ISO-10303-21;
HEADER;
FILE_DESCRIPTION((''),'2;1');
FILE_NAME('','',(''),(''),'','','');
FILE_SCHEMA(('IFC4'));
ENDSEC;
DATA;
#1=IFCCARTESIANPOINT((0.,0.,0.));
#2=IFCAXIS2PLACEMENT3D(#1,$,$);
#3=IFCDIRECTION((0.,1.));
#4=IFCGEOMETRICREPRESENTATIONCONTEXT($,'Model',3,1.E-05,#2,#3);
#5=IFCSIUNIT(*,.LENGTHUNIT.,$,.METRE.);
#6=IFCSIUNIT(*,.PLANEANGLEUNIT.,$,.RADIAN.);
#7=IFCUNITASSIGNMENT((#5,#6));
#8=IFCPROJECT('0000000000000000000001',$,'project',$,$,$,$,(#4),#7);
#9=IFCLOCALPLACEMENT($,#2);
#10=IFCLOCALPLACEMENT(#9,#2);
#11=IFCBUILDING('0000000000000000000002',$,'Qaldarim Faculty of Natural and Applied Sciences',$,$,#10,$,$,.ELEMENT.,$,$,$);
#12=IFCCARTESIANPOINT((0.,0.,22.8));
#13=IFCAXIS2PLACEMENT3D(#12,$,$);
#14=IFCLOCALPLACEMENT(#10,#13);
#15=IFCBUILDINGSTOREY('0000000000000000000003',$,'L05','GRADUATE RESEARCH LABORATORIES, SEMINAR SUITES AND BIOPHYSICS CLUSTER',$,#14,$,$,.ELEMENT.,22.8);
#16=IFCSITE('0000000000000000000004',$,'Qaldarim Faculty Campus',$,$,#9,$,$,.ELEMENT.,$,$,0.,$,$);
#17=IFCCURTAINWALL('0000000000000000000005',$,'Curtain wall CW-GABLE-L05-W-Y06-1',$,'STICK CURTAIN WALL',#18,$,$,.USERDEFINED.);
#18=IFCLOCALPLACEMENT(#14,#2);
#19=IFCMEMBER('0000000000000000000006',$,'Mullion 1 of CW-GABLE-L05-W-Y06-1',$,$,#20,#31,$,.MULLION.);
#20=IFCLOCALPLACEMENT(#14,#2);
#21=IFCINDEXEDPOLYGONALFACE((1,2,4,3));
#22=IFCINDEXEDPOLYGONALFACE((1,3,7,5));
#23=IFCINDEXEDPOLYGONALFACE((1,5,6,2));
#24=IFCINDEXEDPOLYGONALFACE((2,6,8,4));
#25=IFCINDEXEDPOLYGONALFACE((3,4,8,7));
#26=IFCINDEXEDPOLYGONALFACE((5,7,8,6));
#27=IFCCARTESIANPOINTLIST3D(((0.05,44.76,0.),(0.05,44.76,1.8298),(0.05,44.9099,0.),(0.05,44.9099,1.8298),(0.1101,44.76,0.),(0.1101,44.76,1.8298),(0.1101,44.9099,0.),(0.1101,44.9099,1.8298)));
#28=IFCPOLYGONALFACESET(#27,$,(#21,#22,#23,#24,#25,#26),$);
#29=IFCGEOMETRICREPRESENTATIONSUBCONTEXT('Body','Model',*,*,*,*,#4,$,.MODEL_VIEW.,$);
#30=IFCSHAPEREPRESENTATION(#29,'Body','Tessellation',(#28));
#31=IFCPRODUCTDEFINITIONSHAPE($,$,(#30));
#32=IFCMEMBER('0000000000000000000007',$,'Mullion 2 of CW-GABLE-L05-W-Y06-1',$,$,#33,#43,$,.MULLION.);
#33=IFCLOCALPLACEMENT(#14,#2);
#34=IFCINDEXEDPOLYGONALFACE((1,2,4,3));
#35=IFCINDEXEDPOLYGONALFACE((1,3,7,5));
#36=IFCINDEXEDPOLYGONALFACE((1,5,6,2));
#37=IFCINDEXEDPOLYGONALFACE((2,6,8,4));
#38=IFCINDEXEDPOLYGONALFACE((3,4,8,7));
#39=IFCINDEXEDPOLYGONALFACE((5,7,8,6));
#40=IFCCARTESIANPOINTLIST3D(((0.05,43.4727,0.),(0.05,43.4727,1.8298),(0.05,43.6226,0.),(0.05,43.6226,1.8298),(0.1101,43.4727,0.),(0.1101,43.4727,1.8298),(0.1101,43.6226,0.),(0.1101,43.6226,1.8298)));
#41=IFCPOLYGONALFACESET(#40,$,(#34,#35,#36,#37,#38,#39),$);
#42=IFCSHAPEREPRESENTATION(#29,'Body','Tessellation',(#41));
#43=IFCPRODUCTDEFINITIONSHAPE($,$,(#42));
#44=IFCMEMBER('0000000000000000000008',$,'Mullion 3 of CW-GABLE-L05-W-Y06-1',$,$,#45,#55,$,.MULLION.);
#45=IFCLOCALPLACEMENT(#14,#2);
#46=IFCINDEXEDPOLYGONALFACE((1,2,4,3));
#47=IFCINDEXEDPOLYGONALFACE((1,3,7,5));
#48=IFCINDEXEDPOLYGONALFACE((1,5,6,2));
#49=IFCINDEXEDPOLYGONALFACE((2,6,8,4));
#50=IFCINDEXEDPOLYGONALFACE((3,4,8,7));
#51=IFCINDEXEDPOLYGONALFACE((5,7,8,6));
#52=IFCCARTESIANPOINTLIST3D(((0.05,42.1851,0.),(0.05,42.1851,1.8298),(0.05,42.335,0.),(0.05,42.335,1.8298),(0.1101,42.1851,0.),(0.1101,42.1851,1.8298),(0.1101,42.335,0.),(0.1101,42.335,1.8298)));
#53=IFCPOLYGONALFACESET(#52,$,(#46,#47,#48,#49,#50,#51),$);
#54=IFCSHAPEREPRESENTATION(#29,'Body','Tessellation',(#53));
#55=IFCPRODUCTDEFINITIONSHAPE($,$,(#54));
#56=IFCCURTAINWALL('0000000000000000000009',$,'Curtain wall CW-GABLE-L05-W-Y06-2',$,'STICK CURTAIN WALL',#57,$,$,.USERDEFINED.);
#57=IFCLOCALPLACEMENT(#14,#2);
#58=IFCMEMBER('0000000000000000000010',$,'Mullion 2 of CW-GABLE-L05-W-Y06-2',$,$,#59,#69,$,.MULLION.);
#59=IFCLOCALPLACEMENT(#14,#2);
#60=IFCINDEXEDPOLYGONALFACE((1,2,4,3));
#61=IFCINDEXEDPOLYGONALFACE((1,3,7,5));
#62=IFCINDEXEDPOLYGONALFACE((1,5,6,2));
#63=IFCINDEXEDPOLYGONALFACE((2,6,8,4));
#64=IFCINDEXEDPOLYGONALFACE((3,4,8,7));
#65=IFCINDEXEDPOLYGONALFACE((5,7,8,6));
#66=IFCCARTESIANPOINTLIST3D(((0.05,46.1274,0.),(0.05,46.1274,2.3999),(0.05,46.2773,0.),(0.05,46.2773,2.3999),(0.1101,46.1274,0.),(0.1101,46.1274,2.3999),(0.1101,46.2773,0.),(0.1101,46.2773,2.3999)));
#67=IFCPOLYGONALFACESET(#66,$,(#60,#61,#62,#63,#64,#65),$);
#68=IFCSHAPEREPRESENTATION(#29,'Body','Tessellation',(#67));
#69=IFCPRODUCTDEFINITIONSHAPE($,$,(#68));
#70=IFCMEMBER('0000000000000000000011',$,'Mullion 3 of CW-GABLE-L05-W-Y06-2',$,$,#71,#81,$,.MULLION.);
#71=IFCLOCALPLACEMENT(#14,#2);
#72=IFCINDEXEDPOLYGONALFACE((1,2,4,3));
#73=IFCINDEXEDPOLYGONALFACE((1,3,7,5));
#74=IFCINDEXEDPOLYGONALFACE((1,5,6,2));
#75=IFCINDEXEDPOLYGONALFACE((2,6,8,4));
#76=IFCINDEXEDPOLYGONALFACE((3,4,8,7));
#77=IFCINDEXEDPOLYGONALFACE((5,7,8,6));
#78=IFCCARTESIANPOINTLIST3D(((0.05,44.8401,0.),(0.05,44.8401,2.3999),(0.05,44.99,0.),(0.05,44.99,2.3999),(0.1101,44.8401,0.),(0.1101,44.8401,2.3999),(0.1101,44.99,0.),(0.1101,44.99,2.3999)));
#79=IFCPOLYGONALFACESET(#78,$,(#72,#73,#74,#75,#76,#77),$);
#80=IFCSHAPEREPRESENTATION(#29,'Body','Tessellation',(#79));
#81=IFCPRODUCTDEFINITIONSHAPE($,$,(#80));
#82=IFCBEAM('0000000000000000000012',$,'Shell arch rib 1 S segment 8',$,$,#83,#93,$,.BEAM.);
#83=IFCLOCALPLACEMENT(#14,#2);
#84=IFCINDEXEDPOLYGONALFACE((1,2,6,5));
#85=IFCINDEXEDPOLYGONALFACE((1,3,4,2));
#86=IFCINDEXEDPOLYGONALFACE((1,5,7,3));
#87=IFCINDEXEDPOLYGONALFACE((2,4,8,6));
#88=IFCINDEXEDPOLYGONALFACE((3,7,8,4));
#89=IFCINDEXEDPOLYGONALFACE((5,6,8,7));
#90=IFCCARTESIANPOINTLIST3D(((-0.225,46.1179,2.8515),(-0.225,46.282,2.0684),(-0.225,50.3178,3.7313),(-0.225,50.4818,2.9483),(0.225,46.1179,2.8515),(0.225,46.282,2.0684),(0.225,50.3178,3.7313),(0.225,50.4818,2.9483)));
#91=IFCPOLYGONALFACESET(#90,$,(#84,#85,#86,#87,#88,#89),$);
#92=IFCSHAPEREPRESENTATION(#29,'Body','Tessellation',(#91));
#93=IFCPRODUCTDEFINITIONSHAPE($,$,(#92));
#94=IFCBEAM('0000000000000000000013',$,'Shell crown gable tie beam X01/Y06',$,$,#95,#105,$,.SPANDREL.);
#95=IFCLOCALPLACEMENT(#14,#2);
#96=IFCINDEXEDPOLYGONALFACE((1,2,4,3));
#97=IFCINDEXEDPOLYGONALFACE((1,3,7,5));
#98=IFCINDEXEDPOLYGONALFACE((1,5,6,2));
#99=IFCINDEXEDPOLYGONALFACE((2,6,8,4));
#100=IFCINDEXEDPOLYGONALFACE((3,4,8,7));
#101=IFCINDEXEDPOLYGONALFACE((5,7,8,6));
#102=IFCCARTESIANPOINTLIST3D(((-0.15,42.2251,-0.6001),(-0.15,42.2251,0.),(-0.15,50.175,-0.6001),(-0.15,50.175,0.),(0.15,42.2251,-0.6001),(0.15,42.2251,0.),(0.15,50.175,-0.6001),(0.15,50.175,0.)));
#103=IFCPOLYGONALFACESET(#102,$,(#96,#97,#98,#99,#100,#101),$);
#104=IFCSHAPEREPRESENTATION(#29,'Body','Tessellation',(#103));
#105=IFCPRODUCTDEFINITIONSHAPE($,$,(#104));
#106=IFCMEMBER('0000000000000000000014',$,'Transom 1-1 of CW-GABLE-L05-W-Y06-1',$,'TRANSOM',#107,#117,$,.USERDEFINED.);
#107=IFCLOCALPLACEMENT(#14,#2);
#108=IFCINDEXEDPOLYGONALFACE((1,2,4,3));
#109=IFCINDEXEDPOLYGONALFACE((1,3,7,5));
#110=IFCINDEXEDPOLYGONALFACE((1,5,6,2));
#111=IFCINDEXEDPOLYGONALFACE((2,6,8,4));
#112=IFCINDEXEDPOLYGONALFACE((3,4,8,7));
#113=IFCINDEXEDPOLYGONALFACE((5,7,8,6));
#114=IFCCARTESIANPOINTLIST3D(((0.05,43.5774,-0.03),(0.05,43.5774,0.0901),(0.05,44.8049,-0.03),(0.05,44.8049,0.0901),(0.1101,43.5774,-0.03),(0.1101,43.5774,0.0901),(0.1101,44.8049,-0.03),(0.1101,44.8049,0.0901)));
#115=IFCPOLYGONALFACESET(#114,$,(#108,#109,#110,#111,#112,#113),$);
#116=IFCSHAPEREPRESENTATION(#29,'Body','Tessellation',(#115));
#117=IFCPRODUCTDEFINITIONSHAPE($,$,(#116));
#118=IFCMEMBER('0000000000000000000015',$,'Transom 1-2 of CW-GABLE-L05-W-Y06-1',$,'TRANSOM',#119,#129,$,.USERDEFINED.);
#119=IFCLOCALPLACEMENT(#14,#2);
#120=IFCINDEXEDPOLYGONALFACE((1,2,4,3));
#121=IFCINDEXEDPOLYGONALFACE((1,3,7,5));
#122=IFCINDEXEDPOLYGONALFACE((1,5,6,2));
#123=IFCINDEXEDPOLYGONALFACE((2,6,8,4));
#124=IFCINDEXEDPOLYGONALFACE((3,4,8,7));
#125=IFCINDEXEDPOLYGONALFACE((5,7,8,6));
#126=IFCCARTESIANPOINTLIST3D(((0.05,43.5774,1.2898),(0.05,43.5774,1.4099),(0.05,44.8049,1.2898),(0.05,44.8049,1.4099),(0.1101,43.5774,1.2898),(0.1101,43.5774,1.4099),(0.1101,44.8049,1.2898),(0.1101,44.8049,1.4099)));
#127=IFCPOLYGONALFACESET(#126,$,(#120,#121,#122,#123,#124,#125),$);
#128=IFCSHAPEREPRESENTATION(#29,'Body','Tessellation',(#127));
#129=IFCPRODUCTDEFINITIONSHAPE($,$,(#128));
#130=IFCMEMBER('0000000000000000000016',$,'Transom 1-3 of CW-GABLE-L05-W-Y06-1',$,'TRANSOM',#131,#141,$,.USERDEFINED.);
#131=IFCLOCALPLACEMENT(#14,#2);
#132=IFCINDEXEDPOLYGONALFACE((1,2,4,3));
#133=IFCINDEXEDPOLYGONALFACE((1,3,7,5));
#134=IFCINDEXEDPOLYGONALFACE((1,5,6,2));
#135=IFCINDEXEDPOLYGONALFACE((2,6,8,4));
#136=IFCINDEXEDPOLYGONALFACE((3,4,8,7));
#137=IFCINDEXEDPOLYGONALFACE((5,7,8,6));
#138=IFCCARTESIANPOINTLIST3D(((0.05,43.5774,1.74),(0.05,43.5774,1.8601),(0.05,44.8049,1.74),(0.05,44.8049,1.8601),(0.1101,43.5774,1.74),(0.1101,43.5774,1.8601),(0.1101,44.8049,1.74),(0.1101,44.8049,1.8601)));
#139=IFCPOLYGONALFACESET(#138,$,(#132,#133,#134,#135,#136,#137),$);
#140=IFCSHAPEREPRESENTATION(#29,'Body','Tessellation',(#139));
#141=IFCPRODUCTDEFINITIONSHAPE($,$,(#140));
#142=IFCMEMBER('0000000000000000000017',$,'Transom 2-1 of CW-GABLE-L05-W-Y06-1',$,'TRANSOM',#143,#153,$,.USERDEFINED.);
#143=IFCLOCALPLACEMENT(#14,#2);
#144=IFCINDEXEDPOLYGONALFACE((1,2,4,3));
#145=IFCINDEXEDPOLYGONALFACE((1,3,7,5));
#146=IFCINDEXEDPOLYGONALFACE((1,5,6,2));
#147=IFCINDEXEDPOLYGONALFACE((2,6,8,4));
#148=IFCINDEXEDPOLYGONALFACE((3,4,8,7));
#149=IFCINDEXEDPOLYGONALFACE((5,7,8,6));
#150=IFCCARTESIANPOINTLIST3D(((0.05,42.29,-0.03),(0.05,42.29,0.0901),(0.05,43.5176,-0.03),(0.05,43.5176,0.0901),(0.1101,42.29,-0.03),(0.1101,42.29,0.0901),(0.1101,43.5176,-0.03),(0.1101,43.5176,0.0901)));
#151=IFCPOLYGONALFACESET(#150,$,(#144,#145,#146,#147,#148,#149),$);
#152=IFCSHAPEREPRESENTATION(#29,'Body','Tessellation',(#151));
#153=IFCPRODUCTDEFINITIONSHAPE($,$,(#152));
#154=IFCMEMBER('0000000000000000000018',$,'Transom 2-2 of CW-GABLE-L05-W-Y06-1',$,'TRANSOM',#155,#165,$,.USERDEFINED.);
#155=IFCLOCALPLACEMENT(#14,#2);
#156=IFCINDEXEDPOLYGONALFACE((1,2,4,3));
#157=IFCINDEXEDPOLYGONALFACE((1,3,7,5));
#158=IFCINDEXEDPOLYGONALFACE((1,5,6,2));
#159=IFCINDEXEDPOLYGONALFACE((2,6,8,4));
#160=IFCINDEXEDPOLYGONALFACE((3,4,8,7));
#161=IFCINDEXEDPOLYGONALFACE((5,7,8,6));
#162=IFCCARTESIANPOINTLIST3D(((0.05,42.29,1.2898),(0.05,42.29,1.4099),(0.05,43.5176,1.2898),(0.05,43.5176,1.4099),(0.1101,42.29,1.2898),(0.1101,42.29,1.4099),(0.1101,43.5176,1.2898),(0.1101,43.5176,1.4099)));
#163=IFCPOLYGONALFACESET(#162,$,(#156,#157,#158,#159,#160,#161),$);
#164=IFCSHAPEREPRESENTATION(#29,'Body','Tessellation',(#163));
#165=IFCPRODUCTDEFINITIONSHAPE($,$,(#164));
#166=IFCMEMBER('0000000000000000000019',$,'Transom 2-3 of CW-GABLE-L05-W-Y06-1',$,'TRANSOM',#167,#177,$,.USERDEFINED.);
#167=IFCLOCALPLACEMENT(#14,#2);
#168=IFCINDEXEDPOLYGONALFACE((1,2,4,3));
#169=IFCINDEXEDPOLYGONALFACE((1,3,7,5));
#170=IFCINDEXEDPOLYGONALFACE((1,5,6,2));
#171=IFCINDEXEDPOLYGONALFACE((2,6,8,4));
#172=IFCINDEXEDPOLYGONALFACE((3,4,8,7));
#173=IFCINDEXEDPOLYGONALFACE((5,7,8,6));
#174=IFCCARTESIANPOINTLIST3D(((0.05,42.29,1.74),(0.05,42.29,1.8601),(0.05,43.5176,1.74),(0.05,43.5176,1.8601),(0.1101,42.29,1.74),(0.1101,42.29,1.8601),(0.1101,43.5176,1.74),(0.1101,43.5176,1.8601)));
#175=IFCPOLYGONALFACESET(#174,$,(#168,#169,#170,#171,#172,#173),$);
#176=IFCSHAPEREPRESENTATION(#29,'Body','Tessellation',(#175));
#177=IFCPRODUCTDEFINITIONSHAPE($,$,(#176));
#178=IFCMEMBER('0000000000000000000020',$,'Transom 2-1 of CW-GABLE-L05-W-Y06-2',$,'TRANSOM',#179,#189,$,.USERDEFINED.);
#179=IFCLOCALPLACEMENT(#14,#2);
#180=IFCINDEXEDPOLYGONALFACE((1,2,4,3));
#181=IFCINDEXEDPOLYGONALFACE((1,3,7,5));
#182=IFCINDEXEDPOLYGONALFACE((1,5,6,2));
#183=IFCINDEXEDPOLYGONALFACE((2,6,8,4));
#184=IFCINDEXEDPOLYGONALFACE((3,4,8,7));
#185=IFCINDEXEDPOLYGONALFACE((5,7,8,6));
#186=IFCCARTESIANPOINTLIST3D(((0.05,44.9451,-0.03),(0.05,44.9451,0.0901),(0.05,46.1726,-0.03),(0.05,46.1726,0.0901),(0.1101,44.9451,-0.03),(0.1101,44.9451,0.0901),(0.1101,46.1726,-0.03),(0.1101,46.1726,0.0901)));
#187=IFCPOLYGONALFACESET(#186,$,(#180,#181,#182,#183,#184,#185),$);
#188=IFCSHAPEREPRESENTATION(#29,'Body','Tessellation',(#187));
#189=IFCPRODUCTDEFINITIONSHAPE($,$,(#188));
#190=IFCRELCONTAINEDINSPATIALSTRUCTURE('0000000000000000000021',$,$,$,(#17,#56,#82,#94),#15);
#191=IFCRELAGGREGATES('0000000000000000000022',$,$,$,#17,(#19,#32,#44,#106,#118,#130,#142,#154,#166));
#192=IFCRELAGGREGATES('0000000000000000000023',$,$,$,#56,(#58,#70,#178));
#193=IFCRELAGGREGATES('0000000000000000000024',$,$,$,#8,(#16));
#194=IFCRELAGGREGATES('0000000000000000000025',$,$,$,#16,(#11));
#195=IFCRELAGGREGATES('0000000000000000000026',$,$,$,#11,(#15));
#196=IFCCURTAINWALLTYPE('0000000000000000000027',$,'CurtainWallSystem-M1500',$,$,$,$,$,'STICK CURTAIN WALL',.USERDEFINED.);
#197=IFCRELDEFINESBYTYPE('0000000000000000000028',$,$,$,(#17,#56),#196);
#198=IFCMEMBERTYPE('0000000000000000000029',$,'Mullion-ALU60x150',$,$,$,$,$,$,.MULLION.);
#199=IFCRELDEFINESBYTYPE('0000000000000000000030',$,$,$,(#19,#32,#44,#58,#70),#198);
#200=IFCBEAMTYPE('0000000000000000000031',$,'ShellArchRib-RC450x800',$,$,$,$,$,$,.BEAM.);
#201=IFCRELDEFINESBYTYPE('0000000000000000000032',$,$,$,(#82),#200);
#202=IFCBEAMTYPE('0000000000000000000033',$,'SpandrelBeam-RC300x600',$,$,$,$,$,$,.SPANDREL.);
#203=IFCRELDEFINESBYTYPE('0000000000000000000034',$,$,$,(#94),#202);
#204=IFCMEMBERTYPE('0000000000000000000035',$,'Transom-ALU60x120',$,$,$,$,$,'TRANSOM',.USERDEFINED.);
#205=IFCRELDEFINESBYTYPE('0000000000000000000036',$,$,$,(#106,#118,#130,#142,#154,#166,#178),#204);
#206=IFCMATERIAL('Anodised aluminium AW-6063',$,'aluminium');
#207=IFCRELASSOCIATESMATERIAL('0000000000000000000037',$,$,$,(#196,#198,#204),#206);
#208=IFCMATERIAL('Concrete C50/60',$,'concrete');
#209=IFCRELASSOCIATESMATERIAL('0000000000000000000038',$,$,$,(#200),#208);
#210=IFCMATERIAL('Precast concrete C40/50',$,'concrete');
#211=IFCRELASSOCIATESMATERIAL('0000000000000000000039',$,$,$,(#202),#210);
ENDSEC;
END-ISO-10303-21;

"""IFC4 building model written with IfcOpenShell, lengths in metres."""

from ifc_helpers import new_model, si_unit, direction, frame, origin, origin_2d, place, context, subcontext, project, spatial, rectangle, extrude, material, material_profile, profile_set, type_object, element, aggregate, save


model = new_model("IFC4")

# Units and contexts
model_context = context("Model", 3, precision=1e-05, world=origin(), true_north=direction((0.0, 1.0)))
body_context = subcontext(model_context, "Body", "Model", "MODEL_VIEW")
ifc_project = project(units=[si_unit("LENGTHUNIT", "METRE"), si_unit("PLANEANGLEUNIT", "RADIAN")], contexts=[model_context])

# Site, building, storey
site_placement = place(None, origin())
site = spatial("IfcSite", under=ifc_project, at=site_placement, Name="Qaldarim Faculty Campus", CompositionType="ELEMENT", RefElevation=0.0)
building_placement = place(site_placement, origin())
building = spatial("IfcBuilding", under=site, at=building_placement, Name="Qaldarim Faculty of Natural and Applied Sciences", CompositionType="ELEMENT")
storey_placement = place(building_placement, frame((0.0, 0.0, 22.8)))
storey = spatial("IfcBuildingStorey", under=building, at=storey_placement, Name="L05", Description="GRADUATE RESEARCH LABORATORIES, SEMINAR SUITES AND BIOPHYSICS CLUSTER", CompositionType="ELEMENT", Elevation=22.8)

# Curtain walls, members
ifc_material_1 = material(Name="Anodised aluminium AW-6063", Category="aluminium")
curtain_wall_type = type_object("IfcCurtainWallType", Name="CurtainWallSystem-M1500", ElementType="STICK CURTAIN WALL", PredefinedType="USERDEFINED", material=ifc_material_1)
curtain_wall_1_placement = place(storey_placement, origin())
curtain_wall_1 = element("IfcCurtainWall", 1, at=curtain_wall_1_placement, inside=storey, type_object=curtain_wall_type, Name="Curtain wall CW-GABLE-L05-W-Y06-1", ObjectType="STICK CURTAIN WALL", PredefinedType="USERDEFINED")
ifc_material_profile_1 = material_profile(ifc_material_1, rectangle(XDim=0.0601, YDim=0.1499, at=origin_2d()), Name="ALU-M60x150")
ifc_profile_set_1 = profile_set([ifc_material_profile_1], Name="Anodised aluminium AW-6063")
member_type_1 = type_object("IfcMemberType", Name="Mullion-ALU60x150", PredefinedType="MULLION", material=ifc_profile_set_1)
member_1_placement = place(storey_placement, frame((0.0801, 44.835, 0.0), z_axis=(0.0, 0.0, 1.0), x_axis=(1.0, 0.0, 0.0)))
member_1 = element("IfcMember", 2, at=member_1_placement, type_object=member_type_1, Name="Mullion 1 of CW-GABLE-L05-W-Y06-1", PredefinedType="MULLION", context=body_context, shape_type="SweptSolid", body=[
    extrude(rectangle(XDim=0.0601, YDim=0.1499, at=origin_2d()), origin(), (0.0, 0.0, 1.0), 1.8298),
])
member_2_placement = place(storey_placement, frame((0.0801, 43.5476, 0.0), z_axis=(0.0, 0.0, 1.0), x_axis=(1.0, 0.0, 0.0)))
member_2 = element("IfcMember", 3, at=member_2_placement, type_object=member_type_1, Name="Mullion 2 of CW-GABLE-L05-W-Y06-1", PredefinedType="MULLION", context=body_context, shape_type="SweptSolid", body=[
    extrude(rectangle(XDim=0.0601, YDim=0.1499, at=origin_2d()), origin(), (0.0, 0.0, 1.0), 1.8298),
])
member_3_placement = place(storey_placement, frame((0.0801, 42.26, 0.0), z_axis=(0.0, 0.0, 1.0), x_axis=(1.0, 0.0, 0.0)))
member_3 = element("IfcMember", 4, at=member_3_placement, type_object=member_type_1, Name="Mullion 3 of CW-GABLE-L05-W-Y06-1", PredefinedType="MULLION", context=body_context, shape_type="SweptSolid", body=[
    extrude(rectangle(XDim=0.0601, YDim=0.1499, at=origin_2d()), origin(), (0.0, 0.0, 1.0), 1.8298),
])
curtain_wall_2_placement = place(storey_placement, origin())
curtain_wall_2 = element("IfcCurtainWall", 5, at=curtain_wall_2_placement, inside=storey, type_object=curtain_wall_type, Name="Curtain wall CW-GABLE-L05-W-Y06-2", ObjectType="STICK CURTAIN WALL", PredefinedType="USERDEFINED")
member_4_placement = place(storey_placement, frame((0.0801, 46.2024, 0.0), z_axis=(0.0, 0.0, 1.0), x_axis=(1.0, 0.0, 0.0)))
member_4 = element("IfcMember", 6, at=member_4_placement, type_object=member_type_1, Name="Mullion 2 of CW-GABLE-L05-W-Y06-2", PredefinedType="MULLION", context=body_context, shape_type="SweptSolid", body=[
    extrude(rectangle(XDim=0.0601, YDim=0.1499, at=origin_2d()), origin(), (0.0, 0.0, 1.0), 2.3999),
])
member_5_placement = place(storey_placement, frame((0.0801, 44.915, 0.0), z_axis=(0.0, 0.0, 1.0), x_axis=(1.0, 0.0, 0.0)))
member_5 = element("IfcMember", 7, at=member_5_placement, type_object=member_type_1, Name="Mullion 3 of CW-GABLE-L05-W-Y06-2", PredefinedType="MULLION", context=body_context, shape_type="SweptSolid", body=[
    extrude(rectangle(XDim=0.0601, YDim=0.1499, at=origin_2d()), origin(), (0.0, 0.0, 1.0), 2.3999),
])

# Beams
ifc_material_2 = material(Name="Concrete C50/60", Category="concrete")
ifc_material_profile_2 = material_profile(ifc_material_2, rectangle(XDim=0.45, YDim=0.8, at=origin_2d()), Name="RC-RIB450x800")
ifc_profile_set_2 = profile_set([ifc_material_profile_2], Name="Concrete C50/60")
beam_type_1 = type_object("IfcBeamType", Name="ShellArchRib-RC450x800", PredefinedType="BEAM", material=ifc_profile_set_2)
beam_1_placement = place(storey_placement, frame((0.0, 46.2, 2.46), z_axis=(0.0, 0.978752, 0.205047), x_axis=(-1.0, 0.0, 0.0)))
element("IfcBeam", 8, at=beam_1_placement, inside=storey, type_object=beam_type_1, Name="Shell arch rib 1 S segment 8", PredefinedType="BEAM", context=body_context, shape_type="SweptSolid", body=[
    extrude(rectangle(XDim=0.45, YDim=0.8, at=origin_2d()), origin(), (0.0, 0.0, 1.0), 4.291),
])
ifc_material_3 = material(Name="Precast concrete C40/50", Category="concrete")
ifc_material_profile_3 = material_profile(ifc_material_3, rectangle(XDim=0.3, YDim=0.6001, at=origin_2d()), Name="RC-SP300x600")
ifc_profile_set_3 = profile_set([ifc_material_profile_3], Name="Precast concrete C40/50")
beam_type_2 = type_object("IfcBeamType", Name="SpandrelBeam-RC300x600", PredefinedType="SPANDREL", material=ifc_profile_set_3)
beam_2_placement = place(storey_placement, frame((0.0, 42.2251, -0.3), z_axis=(0.0, 1.0, 0.0), x_axis=(-1.0, 0.0, 0.0)))
element("IfcBeam", 9, at=beam_2_placement, inside=storey, type_object=beam_type_2, Name="Shell crown gable tie beam X01/Y06", PredefinedType="SPANDREL", context=body_context, shape_type="SweptSolid", body=[
    extrude(rectangle(XDim=0.3, YDim=0.6001, at=origin_2d()), origin(), (0.0, 0.0, 1.0), 7.95),
])

# Members
ifc_material_profile_4 = material_profile(ifc_material_1, rectangle(XDim=0.0601, YDim=0.1201, at=origin_2d()), Name="ALU-T60x120")
ifc_profile_set_4 = profile_set([ifc_material_profile_4], Name="Anodised aluminium AW-6063")
member_type_2 = type_object("IfcMemberType", Name="Transom-ALU60x120", ElementType="TRANSOM", PredefinedType="USERDEFINED", material=ifc_profile_set_4)
member_6_placement = place(storey_placement, frame((0.0801, 44.8049, 0.03), z_axis=(0.0, -1.0, 0.0), x_axis=(1.0, 0.0, 0.0)))
member_6 = element("IfcMember", 10, at=member_6_placement, type_object=member_type_2, Name="Transom 1-1 of CW-GABLE-L05-W-Y06-1", ObjectType="TRANSOM", PredefinedType="USERDEFINED", context=body_context, shape_type="SweptSolid", body=[
    extrude(rectangle(XDim=0.0601, YDim=0.1201, at=origin_2d()), origin(), (0.0, 0.0, 1.0), 1.2275),
])
member_7_placement = place(storey_placement, frame((0.0801, 44.8049, 1.3499), z_axis=(0.0, -1.0, 0.0), x_axis=(1.0, 0.0, 0.0)))
member_7 = element("IfcMember", 11, at=member_7_placement, type_object=member_type_2, Name="Transom 1-2 of CW-GABLE-L05-W-Y06-1", ObjectType="TRANSOM", PredefinedType="USERDEFINED", context=body_context, shape_type="SweptSolid", body=[
    extrude(rectangle(XDim=0.0601, YDim=0.1201, at=origin_2d()), origin(), (0.0, 0.0, 1.0), 1.2275),
])
member_8_placement = place(storey_placement, frame((0.0801, 44.8049, 1.8), z_axis=(0.0, -1.0, 0.0), x_axis=(1.0, 0.0, 0.0)))
member_8 = element("IfcMember", 12, at=member_8_placement, type_object=member_type_2, Name="Transom 1-3 of CW-GABLE-L05-W-Y06-1", ObjectType="TRANSOM", PredefinedType="USERDEFINED", context=body_context, shape_type="SweptSolid", body=[
    extrude(rectangle(XDim=0.0601, YDim=0.1201, at=origin_2d()), origin(), (0.0, 0.0, 1.0), 1.2275),
])
member_9_placement = place(storey_placement, frame((0.0801, 43.5176, 0.03), z_axis=(0.0, -1.0, 0.0), x_axis=(1.0, 0.0, 0.0)))
member_9 = element("IfcMember", 13, at=member_9_placement, type_object=member_type_2, Name="Transom 2-1 of CW-GABLE-L05-W-Y06-1", ObjectType="TRANSOM", PredefinedType="USERDEFINED", context=body_context, shape_type="SweptSolid", body=[
    extrude(rectangle(XDim=0.0601, YDim=0.1201, at=origin_2d()), origin(), (0.0, 0.0, 1.0), 1.2275),
])
member_10_placement = place(storey_placement, frame((0.0801, 43.5176, 1.3499), z_axis=(0.0, -1.0, 0.0), x_axis=(1.0, 0.0, 0.0)))
member_10 = element("IfcMember", 14, at=member_10_placement, type_object=member_type_2, Name="Transom 2-2 of CW-GABLE-L05-W-Y06-1", ObjectType="TRANSOM", PredefinedType="USERDEFINED", context=body_context, shape_type="SweptSolid", body=[
    extrude(rectangle(XDim=0.0601, YDim=0.1201, at=origin_2d()), origin(), (0.0, 0.0, 1.0), 1.2275),
])
member_11_placement = place(storey_placement, frame((0.0801, 43.5176, 1.8), z_axis=(0.0, -1.0, 0.0), x_axis=(1.0, 0.0, 0.0)))
member_11 = element("IfcMember", 15, at=member_11_placement, type_object=member_type_2, Name="Transom 2-3 of CW-GABLE-L05-W-Y06-1", ObjectType="TRANSOM", PredefinedType="USERDEFINED", context=body_context, shape_type="SweptSolid", body=[
    extrude(rectangle(XDim=0.0601, YDim=0.1201, at=origin_2d()), origin(), (0.0, 0.0, 1.0), 1.2275),
])
member_12_placement = place(storey_placement, frame((0.0801, 46.1726, 0.03), z_axis=(0.0, -1.0, 0.0), x_axis=(1.0, 0.0, 0.0)))
member_12 = element("IfcMember", 16, at=member_12_placement, type_object=member_type_2, Name="Transom 2-1 of CW-GABLE-L05-W-Y06-2", ObjectType="TRANSOM", PredefinedType="USERDEFINED", context=body_context, shape_type="SweptSolid", body=[
    extrude(rectangle(XDim=0.0601, YDim=0.1201, at=origin_2d()), origin(), (0.0, 0.0, 1.0), 1.2275),
])

aggregate(curtain_wall_1, [member_1, member_2, member_3, member_6, member_7, member_8, member_9, member_10, member_11])
aggregate(curtain_wall_2, [member_4, member_5, member_12])

save(model, "model.ifc")
